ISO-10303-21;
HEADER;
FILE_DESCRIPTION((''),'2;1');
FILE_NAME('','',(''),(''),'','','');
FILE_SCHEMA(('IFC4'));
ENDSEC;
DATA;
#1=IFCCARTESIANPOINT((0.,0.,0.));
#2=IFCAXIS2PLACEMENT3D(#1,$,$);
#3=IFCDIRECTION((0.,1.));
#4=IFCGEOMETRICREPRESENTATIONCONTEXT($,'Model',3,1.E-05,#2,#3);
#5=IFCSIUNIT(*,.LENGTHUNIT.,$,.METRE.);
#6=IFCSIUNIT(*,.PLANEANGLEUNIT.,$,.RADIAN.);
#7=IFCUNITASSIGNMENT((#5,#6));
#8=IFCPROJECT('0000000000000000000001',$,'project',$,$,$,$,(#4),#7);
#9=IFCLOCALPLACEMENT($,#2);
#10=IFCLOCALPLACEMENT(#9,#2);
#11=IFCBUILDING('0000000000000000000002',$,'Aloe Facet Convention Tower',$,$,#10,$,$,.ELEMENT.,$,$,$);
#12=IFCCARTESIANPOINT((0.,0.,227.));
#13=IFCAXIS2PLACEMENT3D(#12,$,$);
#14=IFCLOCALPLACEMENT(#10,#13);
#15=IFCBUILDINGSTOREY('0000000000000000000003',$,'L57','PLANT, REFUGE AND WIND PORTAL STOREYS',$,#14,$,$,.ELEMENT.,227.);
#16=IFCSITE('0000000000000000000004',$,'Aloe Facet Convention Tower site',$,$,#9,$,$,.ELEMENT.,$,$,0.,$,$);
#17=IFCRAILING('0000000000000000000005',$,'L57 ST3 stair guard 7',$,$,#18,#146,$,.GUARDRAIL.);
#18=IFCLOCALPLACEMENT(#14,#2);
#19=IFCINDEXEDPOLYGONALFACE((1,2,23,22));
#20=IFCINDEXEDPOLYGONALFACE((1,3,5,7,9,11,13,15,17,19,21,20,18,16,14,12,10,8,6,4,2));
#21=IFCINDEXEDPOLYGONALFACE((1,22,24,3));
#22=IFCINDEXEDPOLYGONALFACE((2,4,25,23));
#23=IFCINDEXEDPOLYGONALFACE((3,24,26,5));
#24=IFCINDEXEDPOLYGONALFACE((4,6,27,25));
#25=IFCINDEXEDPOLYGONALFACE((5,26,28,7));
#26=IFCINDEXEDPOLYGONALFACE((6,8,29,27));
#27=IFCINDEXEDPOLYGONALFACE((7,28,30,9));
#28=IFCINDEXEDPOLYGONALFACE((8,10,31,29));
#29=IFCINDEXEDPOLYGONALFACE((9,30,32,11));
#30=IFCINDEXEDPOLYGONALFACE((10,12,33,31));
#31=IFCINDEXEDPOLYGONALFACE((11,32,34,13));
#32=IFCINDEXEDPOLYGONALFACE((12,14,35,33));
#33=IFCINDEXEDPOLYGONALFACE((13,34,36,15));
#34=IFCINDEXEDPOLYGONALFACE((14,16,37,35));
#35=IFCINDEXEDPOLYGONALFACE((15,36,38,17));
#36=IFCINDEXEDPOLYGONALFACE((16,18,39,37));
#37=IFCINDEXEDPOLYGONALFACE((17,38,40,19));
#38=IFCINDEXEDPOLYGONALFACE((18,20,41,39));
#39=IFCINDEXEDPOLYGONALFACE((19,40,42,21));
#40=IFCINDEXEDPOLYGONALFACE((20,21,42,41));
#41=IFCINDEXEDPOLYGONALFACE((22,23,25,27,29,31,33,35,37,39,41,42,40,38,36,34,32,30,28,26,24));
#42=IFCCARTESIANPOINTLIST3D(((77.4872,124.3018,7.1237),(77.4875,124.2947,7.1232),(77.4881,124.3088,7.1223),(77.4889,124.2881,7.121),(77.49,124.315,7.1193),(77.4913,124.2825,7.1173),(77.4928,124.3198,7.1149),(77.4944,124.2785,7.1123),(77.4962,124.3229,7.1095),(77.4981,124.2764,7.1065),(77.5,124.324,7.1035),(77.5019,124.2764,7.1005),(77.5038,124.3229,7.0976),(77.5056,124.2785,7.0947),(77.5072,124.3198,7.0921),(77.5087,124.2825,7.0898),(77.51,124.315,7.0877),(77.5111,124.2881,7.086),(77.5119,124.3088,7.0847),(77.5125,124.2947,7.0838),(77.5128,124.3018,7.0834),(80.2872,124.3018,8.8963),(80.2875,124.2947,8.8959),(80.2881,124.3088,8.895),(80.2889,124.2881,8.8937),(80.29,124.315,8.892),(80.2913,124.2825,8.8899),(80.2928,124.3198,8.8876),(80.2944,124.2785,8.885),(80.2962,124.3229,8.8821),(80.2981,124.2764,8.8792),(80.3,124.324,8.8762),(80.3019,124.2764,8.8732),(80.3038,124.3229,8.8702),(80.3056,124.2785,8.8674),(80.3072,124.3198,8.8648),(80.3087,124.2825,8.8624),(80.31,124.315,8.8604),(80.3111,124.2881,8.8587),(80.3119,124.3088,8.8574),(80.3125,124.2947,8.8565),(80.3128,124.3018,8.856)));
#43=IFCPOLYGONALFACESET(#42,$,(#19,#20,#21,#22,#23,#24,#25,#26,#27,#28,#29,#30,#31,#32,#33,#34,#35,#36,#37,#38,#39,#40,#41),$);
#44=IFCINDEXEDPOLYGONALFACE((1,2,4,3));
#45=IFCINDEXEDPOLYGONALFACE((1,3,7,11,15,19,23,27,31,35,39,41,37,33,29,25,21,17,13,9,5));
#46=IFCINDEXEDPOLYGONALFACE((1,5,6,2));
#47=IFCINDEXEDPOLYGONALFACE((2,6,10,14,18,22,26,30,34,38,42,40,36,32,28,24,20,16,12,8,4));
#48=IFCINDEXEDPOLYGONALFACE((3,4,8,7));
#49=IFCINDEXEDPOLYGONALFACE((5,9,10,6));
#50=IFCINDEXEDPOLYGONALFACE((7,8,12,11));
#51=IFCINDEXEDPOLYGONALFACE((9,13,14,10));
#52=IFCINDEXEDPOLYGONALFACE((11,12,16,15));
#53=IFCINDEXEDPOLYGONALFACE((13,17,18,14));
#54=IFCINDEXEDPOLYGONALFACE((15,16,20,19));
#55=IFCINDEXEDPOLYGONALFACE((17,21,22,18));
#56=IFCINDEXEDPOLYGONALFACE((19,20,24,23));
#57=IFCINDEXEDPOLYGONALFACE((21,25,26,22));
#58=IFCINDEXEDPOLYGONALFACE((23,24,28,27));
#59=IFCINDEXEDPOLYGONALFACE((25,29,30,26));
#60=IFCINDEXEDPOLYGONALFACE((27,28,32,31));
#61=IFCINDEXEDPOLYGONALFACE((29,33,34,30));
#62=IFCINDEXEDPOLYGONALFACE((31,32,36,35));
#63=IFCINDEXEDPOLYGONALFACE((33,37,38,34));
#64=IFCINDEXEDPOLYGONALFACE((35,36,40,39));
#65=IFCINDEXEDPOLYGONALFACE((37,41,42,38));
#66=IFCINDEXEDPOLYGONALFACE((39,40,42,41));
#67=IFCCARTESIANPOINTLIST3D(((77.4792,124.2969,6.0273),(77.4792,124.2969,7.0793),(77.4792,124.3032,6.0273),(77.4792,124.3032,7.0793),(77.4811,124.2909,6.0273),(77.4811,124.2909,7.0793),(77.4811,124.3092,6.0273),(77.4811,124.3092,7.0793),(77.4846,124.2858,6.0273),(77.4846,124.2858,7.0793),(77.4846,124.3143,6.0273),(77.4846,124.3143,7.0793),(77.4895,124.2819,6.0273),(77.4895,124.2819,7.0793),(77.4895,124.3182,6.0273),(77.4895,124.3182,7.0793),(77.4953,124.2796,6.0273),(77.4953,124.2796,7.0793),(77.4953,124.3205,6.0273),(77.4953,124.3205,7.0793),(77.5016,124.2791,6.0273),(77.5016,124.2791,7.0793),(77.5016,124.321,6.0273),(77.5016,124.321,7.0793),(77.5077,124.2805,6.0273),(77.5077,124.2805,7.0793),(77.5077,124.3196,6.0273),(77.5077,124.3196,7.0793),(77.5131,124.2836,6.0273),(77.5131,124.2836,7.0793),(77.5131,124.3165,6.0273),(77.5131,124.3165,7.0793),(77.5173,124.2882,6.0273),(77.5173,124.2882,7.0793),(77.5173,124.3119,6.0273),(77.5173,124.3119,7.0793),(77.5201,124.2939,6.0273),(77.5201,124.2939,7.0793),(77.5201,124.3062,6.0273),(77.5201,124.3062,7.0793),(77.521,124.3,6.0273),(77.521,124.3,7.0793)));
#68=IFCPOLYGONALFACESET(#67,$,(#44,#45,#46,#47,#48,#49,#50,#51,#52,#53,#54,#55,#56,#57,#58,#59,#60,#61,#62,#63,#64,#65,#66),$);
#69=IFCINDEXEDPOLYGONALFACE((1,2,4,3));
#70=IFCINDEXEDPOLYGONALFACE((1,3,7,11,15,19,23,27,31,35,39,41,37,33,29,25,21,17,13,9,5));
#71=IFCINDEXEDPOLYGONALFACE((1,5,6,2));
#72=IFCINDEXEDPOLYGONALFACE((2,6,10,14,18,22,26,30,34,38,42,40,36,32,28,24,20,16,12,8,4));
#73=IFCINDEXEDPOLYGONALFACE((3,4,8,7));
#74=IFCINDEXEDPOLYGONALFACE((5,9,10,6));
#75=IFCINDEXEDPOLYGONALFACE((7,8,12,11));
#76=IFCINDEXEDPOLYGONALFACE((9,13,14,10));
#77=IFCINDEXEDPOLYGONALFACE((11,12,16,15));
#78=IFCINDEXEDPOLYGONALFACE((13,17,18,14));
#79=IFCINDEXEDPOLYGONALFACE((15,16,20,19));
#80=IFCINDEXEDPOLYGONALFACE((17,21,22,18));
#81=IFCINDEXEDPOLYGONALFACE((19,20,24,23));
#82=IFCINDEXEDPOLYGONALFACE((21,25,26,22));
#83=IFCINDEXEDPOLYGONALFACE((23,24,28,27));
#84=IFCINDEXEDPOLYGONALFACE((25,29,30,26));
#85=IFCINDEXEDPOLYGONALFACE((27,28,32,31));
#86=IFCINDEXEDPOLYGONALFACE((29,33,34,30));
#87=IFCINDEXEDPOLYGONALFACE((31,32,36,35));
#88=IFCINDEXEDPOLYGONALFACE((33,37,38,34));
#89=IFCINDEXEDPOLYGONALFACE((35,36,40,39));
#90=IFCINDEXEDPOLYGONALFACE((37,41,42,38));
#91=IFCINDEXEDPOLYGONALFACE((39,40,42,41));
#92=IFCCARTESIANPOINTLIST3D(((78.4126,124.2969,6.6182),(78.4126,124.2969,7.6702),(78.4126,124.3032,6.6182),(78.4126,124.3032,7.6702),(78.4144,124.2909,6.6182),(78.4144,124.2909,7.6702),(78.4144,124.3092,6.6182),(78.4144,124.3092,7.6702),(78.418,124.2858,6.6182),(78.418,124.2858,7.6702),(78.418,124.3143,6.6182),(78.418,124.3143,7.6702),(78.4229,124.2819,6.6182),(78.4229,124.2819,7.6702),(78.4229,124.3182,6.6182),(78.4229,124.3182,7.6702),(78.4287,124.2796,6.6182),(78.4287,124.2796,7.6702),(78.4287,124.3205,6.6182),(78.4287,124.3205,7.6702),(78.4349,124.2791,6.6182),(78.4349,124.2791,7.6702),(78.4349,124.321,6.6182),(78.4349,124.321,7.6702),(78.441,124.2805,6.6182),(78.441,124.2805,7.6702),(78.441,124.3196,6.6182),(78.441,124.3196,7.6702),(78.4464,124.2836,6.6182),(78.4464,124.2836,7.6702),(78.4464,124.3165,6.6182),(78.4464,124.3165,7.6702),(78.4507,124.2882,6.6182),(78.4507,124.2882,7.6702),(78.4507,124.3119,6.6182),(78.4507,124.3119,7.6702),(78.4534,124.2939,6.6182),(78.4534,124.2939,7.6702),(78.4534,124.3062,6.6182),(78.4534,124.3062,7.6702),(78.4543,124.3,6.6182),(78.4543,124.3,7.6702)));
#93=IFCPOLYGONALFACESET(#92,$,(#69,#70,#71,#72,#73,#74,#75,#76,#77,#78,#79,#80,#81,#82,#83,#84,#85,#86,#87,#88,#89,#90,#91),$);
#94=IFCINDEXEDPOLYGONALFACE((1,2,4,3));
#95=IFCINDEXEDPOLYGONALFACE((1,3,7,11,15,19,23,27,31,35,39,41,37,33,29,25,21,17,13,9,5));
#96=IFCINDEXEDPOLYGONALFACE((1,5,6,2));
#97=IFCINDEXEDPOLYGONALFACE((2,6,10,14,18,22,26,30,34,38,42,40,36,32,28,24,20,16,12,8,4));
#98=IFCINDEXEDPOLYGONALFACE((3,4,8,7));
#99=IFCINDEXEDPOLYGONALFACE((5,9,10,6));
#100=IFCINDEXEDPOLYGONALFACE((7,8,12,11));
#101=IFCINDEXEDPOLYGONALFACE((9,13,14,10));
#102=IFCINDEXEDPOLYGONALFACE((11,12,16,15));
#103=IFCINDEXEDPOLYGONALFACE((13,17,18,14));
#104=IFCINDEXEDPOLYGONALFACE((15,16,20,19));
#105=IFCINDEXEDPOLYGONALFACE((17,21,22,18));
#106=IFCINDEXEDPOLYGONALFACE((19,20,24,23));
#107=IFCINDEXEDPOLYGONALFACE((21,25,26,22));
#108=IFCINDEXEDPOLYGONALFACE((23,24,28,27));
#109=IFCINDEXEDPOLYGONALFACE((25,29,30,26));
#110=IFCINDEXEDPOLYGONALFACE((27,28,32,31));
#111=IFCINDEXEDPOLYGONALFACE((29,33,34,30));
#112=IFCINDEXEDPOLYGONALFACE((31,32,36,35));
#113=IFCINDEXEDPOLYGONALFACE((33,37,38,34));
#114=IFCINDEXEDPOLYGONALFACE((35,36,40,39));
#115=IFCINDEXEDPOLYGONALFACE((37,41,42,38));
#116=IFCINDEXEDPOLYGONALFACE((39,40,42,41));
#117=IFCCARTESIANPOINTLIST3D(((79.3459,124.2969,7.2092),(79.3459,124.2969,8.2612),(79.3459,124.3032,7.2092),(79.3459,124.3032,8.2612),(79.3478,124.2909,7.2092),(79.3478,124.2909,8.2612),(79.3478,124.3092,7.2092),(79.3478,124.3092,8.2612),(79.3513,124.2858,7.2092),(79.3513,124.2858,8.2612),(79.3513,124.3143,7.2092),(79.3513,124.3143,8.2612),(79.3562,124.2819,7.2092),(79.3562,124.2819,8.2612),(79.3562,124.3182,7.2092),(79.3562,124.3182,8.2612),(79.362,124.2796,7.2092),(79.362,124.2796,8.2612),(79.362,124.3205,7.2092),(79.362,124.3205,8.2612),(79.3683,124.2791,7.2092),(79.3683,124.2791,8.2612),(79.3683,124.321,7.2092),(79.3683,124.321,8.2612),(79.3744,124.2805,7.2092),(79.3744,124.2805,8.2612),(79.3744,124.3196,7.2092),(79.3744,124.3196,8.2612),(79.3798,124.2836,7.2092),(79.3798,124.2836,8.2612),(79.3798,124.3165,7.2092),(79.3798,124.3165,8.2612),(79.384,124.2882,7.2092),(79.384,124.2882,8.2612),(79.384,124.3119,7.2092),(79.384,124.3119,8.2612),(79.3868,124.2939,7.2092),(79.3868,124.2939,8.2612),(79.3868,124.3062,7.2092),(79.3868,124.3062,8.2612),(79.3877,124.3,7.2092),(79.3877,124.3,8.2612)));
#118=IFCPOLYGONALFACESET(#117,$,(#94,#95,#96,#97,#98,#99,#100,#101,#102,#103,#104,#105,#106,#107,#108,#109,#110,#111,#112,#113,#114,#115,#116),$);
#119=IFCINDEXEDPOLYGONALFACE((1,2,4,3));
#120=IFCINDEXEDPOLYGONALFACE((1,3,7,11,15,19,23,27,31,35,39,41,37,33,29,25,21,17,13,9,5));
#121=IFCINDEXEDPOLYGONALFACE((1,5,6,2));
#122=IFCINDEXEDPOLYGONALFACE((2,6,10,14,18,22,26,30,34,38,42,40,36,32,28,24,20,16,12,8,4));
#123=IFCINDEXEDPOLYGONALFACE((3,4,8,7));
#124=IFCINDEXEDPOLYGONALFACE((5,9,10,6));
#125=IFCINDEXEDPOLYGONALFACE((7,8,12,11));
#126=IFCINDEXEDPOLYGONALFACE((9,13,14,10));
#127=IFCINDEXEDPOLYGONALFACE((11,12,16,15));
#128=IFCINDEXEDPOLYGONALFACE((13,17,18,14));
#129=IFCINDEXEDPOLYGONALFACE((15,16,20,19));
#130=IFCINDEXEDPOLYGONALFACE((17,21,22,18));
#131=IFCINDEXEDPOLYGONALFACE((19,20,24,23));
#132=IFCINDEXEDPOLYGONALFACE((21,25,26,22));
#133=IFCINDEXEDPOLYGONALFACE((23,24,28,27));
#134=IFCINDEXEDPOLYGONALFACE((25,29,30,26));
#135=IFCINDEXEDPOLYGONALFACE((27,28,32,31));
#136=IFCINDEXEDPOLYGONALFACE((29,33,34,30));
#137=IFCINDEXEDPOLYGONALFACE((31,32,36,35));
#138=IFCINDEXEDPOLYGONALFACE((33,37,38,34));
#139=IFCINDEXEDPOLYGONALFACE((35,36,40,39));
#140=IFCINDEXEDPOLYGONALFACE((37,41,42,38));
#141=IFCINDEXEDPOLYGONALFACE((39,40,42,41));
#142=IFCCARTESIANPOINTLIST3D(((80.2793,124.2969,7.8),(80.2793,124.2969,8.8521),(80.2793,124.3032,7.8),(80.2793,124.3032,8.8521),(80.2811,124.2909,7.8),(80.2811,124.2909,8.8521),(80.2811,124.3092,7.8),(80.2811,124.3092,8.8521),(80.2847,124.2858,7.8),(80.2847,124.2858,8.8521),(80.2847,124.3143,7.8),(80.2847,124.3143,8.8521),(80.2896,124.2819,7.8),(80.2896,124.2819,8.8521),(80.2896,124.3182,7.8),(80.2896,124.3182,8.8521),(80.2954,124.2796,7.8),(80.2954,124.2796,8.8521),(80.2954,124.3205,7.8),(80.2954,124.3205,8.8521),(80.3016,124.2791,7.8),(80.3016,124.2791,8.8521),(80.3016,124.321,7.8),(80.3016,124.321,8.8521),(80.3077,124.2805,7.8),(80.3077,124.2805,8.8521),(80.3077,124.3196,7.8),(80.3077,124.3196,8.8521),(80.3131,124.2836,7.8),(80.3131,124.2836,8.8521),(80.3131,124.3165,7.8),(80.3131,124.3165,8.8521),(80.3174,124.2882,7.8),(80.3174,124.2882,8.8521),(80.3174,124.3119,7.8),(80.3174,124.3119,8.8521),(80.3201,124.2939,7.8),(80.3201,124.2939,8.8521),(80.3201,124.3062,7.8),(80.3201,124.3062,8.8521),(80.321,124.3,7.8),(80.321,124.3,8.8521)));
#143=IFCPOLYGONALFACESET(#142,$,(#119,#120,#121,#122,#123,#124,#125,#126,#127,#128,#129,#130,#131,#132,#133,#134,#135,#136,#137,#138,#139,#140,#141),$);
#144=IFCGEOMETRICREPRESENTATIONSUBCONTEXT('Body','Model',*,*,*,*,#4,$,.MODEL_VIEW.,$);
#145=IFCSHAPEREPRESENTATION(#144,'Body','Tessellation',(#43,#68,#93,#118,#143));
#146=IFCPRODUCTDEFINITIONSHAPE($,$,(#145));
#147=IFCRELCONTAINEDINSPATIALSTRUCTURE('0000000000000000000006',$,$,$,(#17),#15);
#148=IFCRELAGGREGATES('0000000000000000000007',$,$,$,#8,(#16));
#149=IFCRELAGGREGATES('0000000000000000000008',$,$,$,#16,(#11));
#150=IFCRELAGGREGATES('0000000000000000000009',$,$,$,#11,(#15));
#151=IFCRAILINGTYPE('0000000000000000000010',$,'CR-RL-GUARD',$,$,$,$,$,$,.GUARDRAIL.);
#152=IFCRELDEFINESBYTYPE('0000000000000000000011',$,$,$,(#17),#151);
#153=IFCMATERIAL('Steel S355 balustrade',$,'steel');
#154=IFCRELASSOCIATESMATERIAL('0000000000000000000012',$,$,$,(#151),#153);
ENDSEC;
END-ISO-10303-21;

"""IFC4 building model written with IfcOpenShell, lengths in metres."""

from ifc_helpers import new_model, si_unit, direction, frame, origin, origin_2d, place, context, subcontext, project, spatial, circle, extrude, material, type_object, element, save


model = new_model("IFC4")

# Units and contexts
model_context = context("Model", 3, precision=1e-05, world=origin(), true_north=direction((0.0, 1.0)))
body_context = subcontext(model_context, "Body", "Model", "MODEL_VIEW")
ifc_project = project(units=[si_unit("LENGTHUNIT", "METRE"), si_unit("PLANEANGLEUNIT", "RADIAN")], contexts=[model_context])

# Site, building, storey
site_placement = place(None, origin())
site = spatial("IfcSite", under=ifc_project, at=site_placement, Name="Aloe Facet Convention Tower site", CompositionType="ELEMENT", RefElevation=0.0)
building_placement = place(site_placement, origin())
building = spatial("IfcBuilding", under=site, at=building_placement, Name="Aloe Facet Convention Tower", CompositionType="ELEMENT")
storey_placement = place(building_placement, frame((0.0, 0.0, 227.0)))
storey = spatial("IfcBuildingStorey", under=building, at=storey_placement, Name="L57", Description="PLANT, REFUGE AND WIND PORTAL STOREYS", CompositionType="ELEMENT", Elevation=227.0)

# Railing
ifc_material_1 = material(Name="Steel S355 balustrade", Category="steel")
railing_type_1 = type_object("IfcRailingType", Name="CR-RL-GUARD", PredefinedType="GUARDRAIL", material=ifc_material_1)
railing_1_placement = place(storey_placement, frame((77.5, 124.3, 6.0273)))
element("IfcRailing", 1, at=railing_1_placement, inside=storey, type_object=railing_type_1, Name="L57 ST3 stair guard 7", PredefinedType="GUARDRAIL", context=body_context, shape_type="SweptSolid", body=[
    extrude(circle(Radius=0.0239, at=origin_2d()), frame((0.0, 0.0, 1.0762), z_axis=(0.844909, 0.0, 0.53491), x_axis=(0.0, 1.0, 0.0)), (0.0, 0.0, 1.0), 3.314),
    extrude(circle(Radius=0.021, at=origin_2d()), origin(), (0.0, 0.0, 1.0), 1.052),
    extrude(circle(Radius=0.021, at=origin_2d()), frame((0.9333, 0.0, 0.5908)), (0.0, 0.0, 1.0), 1.052),
    extrude(circle(Radius=0.021, at=origin_2d()), frame((1.8667, 0.0, 1.1819)), (0.0, 0.0, 1.0), 1.052),
    extrude(circle(Radius=0.021, at=origin_2d()), frame((2.8, 0.0, 1.7727)), (0.0, 0.0, 1.0), 1.052),
])

save(model, "model.ifc")
